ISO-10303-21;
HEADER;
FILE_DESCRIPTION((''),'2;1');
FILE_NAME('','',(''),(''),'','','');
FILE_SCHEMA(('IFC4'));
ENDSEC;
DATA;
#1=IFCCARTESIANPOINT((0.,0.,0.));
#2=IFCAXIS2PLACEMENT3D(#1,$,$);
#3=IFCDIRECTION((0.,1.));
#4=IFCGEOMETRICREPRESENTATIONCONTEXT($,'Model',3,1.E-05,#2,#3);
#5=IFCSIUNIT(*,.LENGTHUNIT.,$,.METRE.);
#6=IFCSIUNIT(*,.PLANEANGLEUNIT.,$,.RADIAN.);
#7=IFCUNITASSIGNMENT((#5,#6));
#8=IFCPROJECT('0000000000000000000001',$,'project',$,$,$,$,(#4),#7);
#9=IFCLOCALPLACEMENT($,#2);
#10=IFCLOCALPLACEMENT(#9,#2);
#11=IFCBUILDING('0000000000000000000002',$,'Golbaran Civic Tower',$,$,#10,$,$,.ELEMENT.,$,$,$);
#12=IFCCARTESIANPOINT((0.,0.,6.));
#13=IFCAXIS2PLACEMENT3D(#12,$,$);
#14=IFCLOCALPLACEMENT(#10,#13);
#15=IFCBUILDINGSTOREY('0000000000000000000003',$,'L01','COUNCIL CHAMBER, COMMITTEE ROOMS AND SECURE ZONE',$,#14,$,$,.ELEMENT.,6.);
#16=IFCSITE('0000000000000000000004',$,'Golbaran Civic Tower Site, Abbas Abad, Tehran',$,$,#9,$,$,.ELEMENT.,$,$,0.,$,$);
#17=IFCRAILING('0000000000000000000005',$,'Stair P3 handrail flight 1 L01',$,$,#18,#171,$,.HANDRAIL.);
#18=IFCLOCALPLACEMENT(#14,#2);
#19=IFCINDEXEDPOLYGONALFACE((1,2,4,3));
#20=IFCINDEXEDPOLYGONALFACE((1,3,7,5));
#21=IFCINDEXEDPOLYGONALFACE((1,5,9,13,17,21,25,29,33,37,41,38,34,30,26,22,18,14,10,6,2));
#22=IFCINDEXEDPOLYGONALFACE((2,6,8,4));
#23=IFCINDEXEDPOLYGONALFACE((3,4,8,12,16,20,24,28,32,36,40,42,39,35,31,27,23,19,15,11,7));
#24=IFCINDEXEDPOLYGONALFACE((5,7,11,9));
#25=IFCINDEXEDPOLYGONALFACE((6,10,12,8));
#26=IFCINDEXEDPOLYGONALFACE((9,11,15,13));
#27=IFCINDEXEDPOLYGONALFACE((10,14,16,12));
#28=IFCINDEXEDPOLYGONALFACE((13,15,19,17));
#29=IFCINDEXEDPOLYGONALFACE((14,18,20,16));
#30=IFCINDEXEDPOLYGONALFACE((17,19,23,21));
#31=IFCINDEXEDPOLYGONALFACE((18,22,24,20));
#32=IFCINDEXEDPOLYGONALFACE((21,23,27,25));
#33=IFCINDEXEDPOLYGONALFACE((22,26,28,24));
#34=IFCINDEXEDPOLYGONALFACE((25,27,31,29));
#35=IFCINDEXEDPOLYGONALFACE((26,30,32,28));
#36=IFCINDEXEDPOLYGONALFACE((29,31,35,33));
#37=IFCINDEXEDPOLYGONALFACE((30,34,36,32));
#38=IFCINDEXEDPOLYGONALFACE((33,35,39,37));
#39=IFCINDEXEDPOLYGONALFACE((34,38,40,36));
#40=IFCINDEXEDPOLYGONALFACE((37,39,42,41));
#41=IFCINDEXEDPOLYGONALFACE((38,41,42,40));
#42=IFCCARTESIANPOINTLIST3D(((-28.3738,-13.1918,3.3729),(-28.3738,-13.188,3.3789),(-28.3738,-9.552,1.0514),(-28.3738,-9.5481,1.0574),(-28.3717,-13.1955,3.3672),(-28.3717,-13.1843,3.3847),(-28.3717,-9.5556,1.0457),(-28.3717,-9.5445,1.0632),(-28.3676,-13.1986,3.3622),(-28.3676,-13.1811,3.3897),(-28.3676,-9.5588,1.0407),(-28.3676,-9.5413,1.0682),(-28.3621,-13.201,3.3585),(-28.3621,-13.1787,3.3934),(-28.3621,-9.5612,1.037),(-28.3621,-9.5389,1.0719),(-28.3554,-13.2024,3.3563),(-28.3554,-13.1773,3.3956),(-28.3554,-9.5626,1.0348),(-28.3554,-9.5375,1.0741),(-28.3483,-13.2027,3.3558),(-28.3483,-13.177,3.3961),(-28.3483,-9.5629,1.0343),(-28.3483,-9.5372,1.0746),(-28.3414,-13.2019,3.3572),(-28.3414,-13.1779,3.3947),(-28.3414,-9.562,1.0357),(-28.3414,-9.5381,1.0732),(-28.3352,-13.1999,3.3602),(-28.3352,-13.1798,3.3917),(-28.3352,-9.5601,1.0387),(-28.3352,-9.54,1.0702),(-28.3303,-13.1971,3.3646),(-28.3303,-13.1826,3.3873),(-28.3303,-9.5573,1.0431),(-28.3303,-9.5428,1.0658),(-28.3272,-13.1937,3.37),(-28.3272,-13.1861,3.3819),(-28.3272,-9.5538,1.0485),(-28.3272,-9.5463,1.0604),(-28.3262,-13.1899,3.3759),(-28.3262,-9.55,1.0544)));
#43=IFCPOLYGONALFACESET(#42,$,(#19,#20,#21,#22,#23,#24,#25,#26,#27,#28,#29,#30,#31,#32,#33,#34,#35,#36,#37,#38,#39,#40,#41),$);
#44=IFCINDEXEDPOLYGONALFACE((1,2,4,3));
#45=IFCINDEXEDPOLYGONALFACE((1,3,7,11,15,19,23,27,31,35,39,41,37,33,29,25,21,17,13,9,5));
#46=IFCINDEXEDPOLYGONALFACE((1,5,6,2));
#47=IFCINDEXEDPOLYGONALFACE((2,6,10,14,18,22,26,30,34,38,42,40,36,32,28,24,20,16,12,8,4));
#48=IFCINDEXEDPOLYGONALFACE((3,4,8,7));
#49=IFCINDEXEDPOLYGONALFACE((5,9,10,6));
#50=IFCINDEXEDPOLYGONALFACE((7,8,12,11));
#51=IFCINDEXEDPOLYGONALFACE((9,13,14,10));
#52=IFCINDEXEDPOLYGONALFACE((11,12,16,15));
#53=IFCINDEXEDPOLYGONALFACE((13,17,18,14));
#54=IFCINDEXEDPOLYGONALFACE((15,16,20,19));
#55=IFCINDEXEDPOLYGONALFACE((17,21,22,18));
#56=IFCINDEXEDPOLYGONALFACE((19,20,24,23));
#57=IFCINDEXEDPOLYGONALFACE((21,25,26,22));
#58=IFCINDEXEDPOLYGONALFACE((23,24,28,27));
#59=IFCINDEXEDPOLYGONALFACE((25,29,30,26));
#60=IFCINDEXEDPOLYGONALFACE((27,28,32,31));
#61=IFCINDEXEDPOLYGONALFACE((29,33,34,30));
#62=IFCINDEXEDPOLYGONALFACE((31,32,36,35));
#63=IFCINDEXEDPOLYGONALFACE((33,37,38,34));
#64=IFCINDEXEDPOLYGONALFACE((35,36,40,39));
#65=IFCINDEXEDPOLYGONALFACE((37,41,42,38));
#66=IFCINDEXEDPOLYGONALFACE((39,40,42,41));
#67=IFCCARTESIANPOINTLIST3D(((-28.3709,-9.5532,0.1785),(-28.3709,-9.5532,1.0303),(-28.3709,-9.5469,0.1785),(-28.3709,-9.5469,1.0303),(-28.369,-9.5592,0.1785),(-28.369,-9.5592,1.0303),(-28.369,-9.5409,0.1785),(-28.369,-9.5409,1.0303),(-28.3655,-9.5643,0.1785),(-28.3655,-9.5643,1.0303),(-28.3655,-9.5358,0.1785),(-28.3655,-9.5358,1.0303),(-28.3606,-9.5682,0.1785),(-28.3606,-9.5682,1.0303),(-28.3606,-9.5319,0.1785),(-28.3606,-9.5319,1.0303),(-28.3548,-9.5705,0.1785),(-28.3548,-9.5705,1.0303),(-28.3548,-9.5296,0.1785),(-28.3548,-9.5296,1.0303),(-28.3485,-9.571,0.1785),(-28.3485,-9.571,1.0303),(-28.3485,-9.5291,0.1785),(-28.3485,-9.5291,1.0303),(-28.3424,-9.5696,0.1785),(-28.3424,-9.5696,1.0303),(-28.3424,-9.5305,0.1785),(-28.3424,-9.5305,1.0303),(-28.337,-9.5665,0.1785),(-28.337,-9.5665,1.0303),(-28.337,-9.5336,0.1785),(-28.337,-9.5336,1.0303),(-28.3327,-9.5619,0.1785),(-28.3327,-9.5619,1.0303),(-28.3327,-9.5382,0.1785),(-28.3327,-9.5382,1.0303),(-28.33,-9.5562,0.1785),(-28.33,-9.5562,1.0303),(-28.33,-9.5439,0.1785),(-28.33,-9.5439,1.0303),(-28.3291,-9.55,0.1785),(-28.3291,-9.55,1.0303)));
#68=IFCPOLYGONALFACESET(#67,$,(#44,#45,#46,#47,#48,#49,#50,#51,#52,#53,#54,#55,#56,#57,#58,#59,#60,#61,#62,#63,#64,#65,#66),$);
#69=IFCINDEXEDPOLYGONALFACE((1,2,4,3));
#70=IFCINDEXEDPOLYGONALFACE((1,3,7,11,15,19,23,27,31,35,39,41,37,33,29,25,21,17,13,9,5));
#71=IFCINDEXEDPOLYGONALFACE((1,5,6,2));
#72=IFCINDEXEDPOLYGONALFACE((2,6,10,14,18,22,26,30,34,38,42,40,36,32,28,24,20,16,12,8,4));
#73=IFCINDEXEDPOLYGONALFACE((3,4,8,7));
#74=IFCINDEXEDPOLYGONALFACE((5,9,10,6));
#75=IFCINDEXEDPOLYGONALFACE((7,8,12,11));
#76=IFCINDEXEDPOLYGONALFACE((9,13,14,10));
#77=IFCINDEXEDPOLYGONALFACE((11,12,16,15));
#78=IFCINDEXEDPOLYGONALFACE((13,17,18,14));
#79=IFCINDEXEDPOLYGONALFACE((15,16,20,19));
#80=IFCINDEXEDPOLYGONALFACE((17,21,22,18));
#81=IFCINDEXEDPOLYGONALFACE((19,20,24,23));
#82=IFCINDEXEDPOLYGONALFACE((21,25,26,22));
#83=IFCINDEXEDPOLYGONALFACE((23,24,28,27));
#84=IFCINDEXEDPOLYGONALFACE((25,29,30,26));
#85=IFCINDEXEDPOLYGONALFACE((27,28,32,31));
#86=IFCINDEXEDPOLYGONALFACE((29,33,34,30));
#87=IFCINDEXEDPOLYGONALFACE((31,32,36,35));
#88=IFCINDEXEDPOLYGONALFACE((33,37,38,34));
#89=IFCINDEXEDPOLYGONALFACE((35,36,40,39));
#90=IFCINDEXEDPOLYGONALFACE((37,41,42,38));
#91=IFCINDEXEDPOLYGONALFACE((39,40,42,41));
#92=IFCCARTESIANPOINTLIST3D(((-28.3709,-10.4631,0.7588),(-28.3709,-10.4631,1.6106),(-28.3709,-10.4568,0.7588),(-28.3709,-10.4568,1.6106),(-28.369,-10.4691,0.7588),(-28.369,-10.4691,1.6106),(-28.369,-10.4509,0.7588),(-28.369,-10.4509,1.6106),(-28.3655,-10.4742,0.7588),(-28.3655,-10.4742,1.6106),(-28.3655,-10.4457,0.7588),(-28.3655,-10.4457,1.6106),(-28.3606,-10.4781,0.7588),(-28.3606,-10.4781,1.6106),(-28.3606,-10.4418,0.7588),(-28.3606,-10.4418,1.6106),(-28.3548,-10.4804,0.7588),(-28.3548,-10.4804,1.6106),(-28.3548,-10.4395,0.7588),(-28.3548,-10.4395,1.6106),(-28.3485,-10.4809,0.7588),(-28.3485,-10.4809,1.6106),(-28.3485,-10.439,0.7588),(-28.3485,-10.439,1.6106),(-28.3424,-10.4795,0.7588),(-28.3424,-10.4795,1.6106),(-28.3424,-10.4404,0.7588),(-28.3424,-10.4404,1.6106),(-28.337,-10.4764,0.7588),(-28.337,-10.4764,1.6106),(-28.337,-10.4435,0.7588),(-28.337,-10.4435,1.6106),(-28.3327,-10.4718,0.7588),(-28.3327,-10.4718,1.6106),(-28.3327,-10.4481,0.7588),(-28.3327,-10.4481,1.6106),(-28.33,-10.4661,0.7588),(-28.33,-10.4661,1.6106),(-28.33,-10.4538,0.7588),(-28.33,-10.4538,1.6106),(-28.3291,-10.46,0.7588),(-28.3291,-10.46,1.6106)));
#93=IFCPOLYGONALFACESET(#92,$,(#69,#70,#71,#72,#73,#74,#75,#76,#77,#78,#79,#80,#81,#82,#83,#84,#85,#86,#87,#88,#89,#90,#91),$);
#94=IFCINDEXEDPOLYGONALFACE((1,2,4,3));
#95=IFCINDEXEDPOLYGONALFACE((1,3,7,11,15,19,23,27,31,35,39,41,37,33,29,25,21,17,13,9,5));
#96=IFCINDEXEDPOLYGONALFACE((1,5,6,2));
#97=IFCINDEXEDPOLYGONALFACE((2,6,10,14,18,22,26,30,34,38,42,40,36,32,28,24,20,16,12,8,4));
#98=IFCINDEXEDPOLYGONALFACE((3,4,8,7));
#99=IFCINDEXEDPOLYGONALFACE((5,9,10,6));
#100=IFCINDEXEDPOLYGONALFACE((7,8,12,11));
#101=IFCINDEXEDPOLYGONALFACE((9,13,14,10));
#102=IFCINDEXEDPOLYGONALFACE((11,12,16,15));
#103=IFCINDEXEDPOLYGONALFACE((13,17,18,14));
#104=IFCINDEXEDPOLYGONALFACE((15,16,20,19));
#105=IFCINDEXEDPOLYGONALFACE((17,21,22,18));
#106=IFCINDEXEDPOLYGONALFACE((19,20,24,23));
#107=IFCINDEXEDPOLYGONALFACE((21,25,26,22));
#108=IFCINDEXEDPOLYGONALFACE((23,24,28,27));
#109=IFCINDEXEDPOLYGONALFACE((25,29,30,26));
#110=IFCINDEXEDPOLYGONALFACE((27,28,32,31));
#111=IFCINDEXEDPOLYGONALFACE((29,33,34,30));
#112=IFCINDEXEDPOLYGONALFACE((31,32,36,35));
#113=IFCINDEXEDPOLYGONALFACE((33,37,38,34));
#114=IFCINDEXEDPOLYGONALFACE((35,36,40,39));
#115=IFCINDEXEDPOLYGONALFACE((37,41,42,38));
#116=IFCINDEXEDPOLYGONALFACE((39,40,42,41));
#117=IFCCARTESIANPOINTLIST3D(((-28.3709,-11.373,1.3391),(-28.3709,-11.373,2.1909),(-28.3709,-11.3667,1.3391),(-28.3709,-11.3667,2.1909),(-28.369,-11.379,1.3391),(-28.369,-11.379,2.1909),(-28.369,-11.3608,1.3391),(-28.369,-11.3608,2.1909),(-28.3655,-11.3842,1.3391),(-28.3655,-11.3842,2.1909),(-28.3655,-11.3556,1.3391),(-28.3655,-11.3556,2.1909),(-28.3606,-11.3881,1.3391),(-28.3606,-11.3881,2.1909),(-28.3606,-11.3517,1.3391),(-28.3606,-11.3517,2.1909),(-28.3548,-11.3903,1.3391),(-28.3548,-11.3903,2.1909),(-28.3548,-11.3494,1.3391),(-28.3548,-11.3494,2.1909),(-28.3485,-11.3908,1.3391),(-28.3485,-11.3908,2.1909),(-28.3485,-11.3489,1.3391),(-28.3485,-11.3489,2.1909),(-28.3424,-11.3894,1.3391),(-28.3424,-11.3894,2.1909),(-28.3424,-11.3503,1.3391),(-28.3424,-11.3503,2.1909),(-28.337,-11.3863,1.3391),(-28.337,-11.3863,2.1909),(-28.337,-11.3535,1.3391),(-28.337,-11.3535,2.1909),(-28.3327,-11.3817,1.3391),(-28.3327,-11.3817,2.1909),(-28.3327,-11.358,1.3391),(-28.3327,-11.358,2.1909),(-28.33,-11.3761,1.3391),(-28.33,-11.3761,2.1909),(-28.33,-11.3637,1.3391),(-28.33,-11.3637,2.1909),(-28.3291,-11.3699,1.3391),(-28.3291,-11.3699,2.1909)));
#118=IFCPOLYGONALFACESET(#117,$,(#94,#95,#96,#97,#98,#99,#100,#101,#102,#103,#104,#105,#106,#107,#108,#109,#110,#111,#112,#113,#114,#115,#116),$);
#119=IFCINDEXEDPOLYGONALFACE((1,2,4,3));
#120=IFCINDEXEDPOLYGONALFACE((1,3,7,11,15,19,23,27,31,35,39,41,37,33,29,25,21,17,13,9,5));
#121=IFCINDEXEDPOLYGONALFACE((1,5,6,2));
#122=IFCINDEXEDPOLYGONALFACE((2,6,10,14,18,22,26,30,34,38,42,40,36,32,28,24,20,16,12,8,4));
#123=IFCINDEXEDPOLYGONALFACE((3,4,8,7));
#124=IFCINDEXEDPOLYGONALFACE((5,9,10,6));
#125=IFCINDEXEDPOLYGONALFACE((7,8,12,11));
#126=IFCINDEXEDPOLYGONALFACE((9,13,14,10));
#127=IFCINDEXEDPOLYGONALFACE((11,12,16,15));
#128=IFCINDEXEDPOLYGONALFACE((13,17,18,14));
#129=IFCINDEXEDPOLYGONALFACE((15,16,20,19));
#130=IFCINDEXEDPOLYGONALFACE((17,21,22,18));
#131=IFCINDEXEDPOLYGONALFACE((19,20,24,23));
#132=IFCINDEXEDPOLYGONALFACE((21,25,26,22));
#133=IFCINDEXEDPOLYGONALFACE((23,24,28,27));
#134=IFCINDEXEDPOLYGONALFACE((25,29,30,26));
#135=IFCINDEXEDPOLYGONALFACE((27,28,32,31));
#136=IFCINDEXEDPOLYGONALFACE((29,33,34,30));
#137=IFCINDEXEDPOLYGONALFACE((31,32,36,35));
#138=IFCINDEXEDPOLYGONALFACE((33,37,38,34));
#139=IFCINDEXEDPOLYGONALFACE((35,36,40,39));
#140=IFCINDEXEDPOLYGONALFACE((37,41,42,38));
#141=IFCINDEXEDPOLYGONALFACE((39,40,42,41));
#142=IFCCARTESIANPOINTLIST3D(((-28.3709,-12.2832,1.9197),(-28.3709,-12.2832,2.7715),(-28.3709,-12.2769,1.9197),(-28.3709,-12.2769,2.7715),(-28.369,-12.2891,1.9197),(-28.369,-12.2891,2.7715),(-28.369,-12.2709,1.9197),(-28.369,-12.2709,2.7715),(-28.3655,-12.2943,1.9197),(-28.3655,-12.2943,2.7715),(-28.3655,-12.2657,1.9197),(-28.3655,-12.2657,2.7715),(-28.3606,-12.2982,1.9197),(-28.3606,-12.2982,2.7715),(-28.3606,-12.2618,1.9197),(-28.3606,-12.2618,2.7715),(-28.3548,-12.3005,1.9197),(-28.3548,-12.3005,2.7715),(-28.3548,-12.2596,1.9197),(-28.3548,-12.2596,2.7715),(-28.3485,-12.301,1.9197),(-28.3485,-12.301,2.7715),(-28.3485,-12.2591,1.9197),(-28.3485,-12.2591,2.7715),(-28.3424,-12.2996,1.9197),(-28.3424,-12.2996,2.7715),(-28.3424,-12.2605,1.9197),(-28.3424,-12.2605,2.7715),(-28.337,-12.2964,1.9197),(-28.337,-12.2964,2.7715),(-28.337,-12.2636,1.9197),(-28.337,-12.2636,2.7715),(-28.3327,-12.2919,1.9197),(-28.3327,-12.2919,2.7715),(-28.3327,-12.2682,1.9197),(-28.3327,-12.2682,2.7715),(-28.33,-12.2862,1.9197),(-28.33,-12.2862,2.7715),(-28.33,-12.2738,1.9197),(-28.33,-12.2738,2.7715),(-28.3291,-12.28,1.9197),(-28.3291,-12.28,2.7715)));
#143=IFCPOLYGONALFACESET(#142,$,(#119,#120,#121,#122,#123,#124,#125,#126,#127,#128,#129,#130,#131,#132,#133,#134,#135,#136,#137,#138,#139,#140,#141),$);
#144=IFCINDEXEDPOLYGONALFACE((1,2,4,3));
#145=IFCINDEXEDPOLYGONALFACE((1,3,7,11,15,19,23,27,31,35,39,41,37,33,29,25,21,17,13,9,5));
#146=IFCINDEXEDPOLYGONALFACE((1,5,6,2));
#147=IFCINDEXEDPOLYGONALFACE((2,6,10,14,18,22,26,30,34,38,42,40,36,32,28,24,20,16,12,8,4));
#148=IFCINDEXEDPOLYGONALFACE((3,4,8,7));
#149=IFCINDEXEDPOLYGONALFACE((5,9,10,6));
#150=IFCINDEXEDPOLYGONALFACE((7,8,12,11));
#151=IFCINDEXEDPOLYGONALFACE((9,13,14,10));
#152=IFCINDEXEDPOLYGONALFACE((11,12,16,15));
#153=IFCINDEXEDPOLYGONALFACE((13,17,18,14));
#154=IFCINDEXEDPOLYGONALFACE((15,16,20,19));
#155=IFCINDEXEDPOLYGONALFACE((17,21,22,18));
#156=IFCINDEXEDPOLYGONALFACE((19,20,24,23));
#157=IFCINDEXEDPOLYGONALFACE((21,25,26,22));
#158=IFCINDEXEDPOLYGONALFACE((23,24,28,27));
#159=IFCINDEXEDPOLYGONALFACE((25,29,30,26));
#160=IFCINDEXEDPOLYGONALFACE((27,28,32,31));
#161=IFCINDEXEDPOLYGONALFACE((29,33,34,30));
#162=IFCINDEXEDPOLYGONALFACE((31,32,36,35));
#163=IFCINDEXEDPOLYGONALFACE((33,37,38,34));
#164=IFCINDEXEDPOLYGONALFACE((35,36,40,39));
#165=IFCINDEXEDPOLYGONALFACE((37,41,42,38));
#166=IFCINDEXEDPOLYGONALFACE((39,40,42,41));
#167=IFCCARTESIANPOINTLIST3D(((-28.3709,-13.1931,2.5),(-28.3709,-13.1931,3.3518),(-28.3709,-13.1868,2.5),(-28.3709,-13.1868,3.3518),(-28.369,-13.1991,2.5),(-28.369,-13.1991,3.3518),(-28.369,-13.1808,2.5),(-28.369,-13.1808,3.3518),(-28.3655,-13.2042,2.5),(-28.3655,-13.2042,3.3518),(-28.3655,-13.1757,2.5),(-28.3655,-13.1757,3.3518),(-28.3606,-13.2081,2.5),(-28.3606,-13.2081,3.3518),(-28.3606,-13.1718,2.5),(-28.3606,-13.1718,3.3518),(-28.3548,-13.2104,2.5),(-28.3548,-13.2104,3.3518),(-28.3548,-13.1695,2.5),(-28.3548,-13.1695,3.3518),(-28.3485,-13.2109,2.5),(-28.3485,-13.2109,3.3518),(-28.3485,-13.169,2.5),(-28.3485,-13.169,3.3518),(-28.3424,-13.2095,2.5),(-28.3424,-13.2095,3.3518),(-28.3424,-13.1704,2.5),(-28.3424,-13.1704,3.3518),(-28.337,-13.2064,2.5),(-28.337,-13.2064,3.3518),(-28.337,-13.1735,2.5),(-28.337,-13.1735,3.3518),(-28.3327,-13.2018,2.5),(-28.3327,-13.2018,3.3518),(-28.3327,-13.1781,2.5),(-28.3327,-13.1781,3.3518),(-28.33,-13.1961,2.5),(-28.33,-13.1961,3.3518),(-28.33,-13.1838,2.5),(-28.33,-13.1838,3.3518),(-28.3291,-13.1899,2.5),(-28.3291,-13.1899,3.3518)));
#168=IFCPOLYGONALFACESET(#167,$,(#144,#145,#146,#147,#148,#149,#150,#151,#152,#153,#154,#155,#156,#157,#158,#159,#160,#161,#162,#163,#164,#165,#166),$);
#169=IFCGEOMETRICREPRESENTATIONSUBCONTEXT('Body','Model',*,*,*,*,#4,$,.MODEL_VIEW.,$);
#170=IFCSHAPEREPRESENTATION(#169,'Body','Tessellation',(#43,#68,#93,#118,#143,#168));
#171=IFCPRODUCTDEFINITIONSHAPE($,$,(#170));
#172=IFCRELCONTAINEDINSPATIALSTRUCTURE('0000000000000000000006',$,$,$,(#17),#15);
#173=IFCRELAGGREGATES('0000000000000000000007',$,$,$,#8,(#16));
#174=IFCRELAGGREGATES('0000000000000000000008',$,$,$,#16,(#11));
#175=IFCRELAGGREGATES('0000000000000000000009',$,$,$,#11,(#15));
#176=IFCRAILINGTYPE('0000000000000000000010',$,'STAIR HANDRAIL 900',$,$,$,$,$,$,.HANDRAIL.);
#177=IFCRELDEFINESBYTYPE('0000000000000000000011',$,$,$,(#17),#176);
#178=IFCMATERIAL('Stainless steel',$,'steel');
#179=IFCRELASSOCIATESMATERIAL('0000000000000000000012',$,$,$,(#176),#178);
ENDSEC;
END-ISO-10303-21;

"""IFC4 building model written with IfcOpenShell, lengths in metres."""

from ifc_helpers import new_model, si_unit, direction, frame, origin, origin_2d, place, context, subcontext, project, spatial, circle, extrude, material, type_object, element, save


model = new_model("IFC4")

# Units and contexts
model_context = context("Model", 3, precision=1e-05, world=origin(), true_north=direction((0.0, 1.0)))
body_context = subcontext(model_context, "Body", "Model", "MODEL_VIEW")
ifc_project = project(units=[si_unit("LENGTHUNIT", "METRE"), si_unit("PLANEANGLEUNIT", "RADIAN")], contexts=[model_context])

# Site, building, storey
site_placement = place(None, origin())
site = spatial("IfcSite", under=ifc_project, at=site_placement, Name="Golbaran Civic Tower Site, Abbas Abad, Tehran", CompositionType="ELEMENT", RefElevation=0.0)
building_placement = place(site_placement, origin())
building = spatial("IfcBuilding", under=site, at=building_placement, Name="Golbaran Civic Tower", CompositionType="ELEMENT")
storey_placement = place(building_placement, frame((0.0, 0.0, 6.0)))
storey = spatial("IfcBuildingStorey", under=building, at=storey_placement, Name="L01", Description="COUNCIL CHAMBER, COMMITTEE ROOMS AND SECURE ZONE", CompositionType="ELEMENT", Elevation=6.0)

# Railing
ifc_material_1 = material(Name="Stainless steel", Category="steel")
railing_type_1 = type_object("IfcRailingType", Name="STAIR HANDRAIL 900", PredefinedType="HANDRAIL", material=ifc_material_1)
railing_1_placement = place(storey_placement, frame((-28.3501, -9.55, 0.1785)))
element("IfcRailing", 1, at=railing_1_placement, inside=storey, type_object=railing_type_1, Name="Stair P3 handrail flight 1 L01", PredefinedType="HANDRAIL", context=body_context, shape_type="SweptSolid", body=[
    extrude(circle(Radius=0.0239, at=origin_2d()), frame((0.0, 0.0, 0.876), z_axis=(0.0, -0.843112, 0.537739), x_axis=(1.0, 0.0, 0.0)), (0.0, 0.0, 1.0), 4.3171),
    extrude(circle(Radius=0.021, at=origin_2d()), origin(), (0.0, 0.0, 1.0), 0.8518),
    extrude(circle(Radius=0.021, at=origin_2d()), frame((0.0, -0.9099, 0.5803)), (0.0, 0.0, 1.0), 0.8518),
    extrude(circle(Radius=0.021, at=origin_2d()), frame((0.0, -1.8198, 1.1606)), (0.0, 0.0, 1.0), 0.8518),
    extrude(circle(Radius=0.021, at=origin_2d()), frame((0.0, -2.73, 1.7412)), (0.0, 0.0, 1.0), 0.8518),
    extrude(circle(Radius=0.021, at=origin_2d()), frame((0.0, -3.6399, 2.3215)), (0.0, 0.0, 1.0), 0.8518),
])

save(model, "model.ifc")
